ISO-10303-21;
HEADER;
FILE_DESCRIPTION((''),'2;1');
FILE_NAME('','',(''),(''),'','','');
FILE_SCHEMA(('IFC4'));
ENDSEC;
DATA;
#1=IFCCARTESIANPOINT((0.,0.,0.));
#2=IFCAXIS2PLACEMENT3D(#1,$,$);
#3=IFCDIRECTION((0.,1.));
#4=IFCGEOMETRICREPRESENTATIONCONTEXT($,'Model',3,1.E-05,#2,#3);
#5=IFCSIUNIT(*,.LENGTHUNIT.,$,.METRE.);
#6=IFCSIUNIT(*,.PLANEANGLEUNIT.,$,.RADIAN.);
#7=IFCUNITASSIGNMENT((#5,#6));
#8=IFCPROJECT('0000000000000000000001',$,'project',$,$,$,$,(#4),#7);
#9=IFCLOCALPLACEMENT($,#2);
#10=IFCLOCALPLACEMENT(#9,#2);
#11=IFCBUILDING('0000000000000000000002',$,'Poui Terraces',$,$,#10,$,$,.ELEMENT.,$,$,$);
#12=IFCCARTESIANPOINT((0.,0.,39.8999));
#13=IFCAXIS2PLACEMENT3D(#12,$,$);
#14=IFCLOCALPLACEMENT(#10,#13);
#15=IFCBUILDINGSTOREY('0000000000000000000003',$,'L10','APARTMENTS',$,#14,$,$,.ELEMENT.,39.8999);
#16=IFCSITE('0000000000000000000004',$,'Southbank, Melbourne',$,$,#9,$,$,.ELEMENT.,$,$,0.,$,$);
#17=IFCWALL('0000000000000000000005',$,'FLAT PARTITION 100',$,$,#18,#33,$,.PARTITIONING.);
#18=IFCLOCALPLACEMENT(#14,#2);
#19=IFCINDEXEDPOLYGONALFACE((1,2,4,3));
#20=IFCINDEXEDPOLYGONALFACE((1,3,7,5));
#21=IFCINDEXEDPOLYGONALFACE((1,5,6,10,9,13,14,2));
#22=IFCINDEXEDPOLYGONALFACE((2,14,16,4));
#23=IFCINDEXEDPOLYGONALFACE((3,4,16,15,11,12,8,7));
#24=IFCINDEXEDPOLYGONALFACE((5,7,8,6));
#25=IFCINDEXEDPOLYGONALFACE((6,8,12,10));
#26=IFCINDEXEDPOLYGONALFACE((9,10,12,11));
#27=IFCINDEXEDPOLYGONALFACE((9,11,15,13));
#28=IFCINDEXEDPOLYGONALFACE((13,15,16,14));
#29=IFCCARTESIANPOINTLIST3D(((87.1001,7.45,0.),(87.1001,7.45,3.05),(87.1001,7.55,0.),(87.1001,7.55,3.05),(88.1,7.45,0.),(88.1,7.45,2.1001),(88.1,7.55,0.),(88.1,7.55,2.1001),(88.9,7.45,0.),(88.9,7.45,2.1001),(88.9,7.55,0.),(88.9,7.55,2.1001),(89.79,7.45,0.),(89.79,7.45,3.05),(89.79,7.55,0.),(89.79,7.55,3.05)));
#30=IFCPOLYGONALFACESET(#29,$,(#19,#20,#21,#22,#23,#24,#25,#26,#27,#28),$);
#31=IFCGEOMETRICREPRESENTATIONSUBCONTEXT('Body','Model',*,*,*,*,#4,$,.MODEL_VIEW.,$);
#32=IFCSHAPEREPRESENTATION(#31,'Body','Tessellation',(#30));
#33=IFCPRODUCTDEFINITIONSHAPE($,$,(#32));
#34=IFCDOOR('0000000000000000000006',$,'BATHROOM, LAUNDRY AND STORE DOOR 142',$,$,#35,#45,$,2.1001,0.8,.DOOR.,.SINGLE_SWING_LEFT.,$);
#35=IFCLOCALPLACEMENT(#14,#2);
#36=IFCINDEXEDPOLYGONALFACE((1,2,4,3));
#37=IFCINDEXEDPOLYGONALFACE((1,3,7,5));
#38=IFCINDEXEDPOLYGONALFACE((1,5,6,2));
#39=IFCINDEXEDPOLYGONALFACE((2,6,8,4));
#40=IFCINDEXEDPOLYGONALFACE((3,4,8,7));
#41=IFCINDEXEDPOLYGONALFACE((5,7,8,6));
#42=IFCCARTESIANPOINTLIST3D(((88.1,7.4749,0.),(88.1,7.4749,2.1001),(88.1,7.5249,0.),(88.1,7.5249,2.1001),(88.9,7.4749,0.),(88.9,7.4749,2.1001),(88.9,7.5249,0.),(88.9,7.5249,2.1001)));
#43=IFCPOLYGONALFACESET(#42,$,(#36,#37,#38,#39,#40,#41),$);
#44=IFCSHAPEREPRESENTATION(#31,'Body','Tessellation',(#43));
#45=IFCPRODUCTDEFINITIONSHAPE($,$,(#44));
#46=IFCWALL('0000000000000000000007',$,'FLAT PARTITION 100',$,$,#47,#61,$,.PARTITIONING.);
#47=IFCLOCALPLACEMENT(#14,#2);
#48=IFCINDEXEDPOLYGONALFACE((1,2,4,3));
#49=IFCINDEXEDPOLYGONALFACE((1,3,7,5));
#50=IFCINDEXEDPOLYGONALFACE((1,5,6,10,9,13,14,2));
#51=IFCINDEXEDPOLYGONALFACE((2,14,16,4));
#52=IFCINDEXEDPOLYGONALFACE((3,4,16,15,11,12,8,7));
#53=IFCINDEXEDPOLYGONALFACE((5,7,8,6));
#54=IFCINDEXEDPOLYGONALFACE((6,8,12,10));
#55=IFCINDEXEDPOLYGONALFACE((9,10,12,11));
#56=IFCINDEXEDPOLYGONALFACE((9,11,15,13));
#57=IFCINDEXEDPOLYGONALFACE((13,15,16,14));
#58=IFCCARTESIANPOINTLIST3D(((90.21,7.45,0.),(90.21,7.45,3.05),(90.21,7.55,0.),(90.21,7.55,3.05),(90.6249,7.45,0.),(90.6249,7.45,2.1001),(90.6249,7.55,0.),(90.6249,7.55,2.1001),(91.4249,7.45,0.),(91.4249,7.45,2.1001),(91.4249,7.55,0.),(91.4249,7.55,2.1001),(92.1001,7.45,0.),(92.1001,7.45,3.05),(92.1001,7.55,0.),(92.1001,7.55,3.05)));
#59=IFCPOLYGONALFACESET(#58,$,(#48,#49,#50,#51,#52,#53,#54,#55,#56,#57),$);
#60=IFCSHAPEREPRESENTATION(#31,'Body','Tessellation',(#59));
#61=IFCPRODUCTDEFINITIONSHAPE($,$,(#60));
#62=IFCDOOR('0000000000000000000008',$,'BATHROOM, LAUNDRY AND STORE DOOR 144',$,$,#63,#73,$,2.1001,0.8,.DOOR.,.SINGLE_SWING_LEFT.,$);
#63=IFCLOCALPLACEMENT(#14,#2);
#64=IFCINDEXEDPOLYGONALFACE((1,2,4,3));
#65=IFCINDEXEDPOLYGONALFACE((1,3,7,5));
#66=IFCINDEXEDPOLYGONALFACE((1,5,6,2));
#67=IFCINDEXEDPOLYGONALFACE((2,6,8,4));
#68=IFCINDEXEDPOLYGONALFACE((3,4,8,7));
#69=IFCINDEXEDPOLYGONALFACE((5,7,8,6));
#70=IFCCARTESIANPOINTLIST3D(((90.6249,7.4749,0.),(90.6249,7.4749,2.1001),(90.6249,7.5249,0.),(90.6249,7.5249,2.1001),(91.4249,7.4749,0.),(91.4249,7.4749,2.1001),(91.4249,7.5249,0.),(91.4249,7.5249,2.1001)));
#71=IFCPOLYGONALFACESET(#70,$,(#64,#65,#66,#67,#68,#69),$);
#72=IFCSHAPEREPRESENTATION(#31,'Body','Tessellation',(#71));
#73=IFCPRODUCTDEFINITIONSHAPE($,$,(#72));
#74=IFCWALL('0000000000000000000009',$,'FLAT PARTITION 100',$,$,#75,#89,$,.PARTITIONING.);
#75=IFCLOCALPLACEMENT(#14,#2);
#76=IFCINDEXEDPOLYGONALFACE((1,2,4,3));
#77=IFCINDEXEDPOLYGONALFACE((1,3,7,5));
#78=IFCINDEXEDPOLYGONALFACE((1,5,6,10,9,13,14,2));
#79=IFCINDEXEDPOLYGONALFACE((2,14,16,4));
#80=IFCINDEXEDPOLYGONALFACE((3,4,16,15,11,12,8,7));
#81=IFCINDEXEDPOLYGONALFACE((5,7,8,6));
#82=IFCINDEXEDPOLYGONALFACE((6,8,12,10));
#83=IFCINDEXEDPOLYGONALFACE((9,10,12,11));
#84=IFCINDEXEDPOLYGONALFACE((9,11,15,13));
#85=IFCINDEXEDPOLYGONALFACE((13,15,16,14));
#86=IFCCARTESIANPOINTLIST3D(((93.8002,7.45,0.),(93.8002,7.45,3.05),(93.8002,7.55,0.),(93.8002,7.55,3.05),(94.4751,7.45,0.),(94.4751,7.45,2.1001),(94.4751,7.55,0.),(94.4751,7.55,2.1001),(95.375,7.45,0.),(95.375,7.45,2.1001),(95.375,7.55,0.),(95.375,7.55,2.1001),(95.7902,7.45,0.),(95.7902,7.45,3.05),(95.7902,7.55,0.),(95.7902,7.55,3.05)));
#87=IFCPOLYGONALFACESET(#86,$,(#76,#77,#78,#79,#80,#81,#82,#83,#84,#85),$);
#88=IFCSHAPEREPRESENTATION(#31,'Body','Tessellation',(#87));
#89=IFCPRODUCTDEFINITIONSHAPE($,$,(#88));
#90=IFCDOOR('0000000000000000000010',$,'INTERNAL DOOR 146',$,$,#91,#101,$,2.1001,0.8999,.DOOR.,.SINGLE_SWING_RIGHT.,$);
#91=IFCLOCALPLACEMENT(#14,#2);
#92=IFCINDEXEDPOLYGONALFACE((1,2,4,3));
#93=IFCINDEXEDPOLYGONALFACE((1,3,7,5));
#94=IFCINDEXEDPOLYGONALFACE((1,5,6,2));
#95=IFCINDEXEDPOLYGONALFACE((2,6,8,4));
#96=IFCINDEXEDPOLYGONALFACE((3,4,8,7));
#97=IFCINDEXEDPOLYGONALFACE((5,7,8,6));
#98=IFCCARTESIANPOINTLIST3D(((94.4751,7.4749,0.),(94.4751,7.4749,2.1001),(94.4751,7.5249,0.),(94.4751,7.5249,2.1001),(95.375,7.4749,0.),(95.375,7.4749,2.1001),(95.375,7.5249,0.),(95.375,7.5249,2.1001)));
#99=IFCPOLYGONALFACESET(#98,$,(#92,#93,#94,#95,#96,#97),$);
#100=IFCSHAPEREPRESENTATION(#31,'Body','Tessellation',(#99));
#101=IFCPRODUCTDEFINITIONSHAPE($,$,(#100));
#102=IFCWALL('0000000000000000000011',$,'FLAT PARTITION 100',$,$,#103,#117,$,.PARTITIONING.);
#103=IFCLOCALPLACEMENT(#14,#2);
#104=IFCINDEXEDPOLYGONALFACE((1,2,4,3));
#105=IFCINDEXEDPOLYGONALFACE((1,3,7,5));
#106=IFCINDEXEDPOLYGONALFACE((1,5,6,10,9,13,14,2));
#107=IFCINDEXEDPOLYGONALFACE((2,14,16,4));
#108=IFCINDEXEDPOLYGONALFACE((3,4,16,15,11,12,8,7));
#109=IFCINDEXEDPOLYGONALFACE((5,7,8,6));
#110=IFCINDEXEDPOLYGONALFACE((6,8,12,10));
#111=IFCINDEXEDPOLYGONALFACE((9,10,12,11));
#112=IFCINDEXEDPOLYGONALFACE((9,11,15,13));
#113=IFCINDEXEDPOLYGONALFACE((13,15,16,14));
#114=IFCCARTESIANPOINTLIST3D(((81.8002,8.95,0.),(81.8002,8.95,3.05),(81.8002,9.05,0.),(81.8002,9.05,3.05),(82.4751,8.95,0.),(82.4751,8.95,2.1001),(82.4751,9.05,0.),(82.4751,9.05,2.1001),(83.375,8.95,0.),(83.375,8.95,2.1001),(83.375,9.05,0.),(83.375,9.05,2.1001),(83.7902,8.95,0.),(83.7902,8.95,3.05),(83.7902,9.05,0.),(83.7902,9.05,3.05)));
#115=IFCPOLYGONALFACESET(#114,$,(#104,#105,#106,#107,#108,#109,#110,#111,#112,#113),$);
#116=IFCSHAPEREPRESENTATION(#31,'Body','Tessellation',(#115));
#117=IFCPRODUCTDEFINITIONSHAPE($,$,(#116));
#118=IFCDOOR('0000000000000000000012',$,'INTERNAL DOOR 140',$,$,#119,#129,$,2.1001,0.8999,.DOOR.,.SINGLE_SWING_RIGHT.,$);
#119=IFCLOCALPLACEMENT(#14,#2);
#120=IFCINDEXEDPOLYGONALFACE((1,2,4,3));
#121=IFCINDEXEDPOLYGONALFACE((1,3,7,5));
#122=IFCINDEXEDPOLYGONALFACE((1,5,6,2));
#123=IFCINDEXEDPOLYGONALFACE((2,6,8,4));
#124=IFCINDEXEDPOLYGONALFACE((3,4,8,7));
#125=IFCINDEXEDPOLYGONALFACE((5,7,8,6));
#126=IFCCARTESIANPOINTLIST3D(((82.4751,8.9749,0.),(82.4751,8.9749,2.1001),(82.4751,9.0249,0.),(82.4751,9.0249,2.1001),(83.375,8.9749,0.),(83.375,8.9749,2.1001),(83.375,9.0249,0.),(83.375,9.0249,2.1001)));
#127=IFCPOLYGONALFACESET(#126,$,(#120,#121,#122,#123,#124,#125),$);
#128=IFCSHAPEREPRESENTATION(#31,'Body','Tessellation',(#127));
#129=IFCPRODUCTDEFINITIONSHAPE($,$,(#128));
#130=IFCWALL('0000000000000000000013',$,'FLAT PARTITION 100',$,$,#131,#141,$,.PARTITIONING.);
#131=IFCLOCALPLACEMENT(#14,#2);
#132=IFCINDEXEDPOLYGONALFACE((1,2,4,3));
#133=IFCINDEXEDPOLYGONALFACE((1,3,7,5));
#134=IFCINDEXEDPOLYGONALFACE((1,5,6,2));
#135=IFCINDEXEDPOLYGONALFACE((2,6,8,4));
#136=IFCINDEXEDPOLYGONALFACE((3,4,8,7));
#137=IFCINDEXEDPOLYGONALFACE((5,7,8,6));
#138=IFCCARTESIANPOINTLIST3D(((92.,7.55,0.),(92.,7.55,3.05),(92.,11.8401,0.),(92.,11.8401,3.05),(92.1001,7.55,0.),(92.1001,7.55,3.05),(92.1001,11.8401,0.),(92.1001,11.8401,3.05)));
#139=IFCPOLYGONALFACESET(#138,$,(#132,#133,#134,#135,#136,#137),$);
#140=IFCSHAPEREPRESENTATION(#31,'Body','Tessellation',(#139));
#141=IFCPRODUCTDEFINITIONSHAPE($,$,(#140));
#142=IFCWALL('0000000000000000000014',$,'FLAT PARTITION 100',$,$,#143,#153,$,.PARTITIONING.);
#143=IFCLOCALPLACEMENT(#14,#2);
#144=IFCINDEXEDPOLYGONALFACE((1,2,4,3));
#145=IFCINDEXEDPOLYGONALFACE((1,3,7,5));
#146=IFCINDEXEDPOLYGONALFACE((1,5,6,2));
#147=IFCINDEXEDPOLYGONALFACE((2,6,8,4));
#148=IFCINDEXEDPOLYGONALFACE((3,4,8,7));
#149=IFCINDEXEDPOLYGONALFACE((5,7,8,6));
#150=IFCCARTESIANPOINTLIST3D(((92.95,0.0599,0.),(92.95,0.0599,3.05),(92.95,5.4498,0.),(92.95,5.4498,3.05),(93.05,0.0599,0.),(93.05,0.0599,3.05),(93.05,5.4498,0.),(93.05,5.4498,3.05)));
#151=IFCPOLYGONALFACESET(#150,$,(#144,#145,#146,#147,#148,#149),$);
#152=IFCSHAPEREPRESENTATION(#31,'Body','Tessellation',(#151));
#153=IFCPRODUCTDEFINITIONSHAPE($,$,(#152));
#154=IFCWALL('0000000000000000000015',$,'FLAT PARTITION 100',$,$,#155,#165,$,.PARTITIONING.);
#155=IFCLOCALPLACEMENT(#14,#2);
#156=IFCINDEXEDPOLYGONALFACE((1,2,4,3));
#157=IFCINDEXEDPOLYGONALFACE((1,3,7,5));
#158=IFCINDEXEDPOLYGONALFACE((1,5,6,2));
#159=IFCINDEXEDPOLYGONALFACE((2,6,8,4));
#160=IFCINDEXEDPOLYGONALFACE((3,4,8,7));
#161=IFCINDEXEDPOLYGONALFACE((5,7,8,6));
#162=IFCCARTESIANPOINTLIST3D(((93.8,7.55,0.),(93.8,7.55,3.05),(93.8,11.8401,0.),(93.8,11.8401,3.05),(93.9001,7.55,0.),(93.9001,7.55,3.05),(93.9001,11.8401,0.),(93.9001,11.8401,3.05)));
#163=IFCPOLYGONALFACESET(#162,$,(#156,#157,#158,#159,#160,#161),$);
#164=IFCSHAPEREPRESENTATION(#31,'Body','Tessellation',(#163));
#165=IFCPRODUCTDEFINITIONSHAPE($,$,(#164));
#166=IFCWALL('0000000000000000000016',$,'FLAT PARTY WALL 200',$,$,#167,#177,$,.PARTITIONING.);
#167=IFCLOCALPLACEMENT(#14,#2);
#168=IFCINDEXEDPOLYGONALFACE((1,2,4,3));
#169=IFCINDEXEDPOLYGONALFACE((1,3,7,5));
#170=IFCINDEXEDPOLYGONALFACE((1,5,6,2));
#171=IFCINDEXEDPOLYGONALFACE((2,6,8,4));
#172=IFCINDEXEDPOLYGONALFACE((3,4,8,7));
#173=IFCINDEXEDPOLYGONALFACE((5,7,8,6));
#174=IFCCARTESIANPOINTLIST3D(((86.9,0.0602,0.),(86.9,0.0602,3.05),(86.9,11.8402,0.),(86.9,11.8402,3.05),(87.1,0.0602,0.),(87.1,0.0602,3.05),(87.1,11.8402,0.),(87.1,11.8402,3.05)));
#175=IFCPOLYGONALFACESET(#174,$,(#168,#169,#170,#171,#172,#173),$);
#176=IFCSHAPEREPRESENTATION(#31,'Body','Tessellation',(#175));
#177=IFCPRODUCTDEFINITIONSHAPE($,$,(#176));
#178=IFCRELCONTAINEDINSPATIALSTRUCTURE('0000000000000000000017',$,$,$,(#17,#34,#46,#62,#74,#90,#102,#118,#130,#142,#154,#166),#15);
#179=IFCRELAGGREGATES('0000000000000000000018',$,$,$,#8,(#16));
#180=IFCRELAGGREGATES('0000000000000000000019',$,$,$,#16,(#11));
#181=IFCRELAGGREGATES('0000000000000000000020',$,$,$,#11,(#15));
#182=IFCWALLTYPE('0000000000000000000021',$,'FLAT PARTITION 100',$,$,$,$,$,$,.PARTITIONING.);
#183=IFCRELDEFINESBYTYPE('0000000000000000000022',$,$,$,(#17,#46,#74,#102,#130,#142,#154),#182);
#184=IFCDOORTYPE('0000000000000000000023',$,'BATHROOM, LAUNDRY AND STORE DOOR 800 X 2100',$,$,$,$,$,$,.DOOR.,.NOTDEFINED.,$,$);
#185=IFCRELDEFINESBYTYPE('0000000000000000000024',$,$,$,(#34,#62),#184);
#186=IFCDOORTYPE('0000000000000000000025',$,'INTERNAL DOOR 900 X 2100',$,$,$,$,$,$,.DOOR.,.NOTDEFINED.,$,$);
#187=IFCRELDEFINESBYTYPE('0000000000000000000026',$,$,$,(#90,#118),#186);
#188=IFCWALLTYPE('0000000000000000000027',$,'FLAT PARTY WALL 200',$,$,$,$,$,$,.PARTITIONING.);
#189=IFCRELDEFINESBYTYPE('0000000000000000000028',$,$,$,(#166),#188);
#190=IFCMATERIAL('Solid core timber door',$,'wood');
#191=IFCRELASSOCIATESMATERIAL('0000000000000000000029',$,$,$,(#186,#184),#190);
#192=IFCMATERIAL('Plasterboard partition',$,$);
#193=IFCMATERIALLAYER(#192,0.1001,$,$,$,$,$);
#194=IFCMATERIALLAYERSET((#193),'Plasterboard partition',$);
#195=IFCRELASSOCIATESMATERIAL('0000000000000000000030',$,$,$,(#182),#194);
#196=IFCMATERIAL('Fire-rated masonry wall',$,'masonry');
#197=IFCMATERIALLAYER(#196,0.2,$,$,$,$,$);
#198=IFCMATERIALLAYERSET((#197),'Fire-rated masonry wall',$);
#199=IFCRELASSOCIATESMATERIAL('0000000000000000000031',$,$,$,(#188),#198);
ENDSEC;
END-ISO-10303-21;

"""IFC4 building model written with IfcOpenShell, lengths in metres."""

from ifc_helpers import new_model, si_unit, direction, frame, frame_2d, origin, place, context, subcontext, project, spatial, rectangle, extrude, material, layer, layer_set, type_object, element, fill, save


model = new_model("IFC4")

# Units and contexts
model_context = context("Model", 3, precision=1e-05, world=origin(), true_north=direction((0.0, 1.0)))
body_context = subcontext(model_context, "Body", "Model", "MODEL_VIEW")
ifc_project = project(units=[si_unit("LENGTHUNIT", "METRE"), si_unit("PLANEANGLEUNIT", "RADIAN")], contexts=[model_context])

# Site, building, storey
site_placement = place(None, origin())
site = spatial("IfcSite", under=ifc_project, at=site_placement, Name="Southbank, Melbourne", CompositionType="ELEMENT", RefElevation=0.0)
building_placement = place(site_placement, origin())
building = spatial("IfcBuilding", under=site, at=building_placement, Name="Poui Terraces", CompositionType="ELEMENT")
storey_placement = place(building_placement, frame((0.0, 0.0, 39.8999)))
storey = spatial("IfcBuildingStorey", under=building, at=storey_placement, Name="L10", Description="APARTMENTS", CompositionType="ELEMENT", Elevation=39.8999)

# Shared definitions
ifc_material_1 = material(Name="Solid core timber door", Category="wood")
door_type_1 = type_object("IfcDoorType", Name="INTERNAL DOOR 900 X 2100", OperationType="NOTDEFINED", PredefinedType="DOOR", material=ifc_material_1)

# Walls, openings, doors
ifc_material_2 = material(Name="Plasterboard partition")
ifc_layer_1 = layer(ifc_material_2, 0.1001)
ifc_layer_set_1 = layer_set([ifc_layer_1], Name="Plasterboard partition")
wall_type_1 = type_object("IfcWallType", Name="FLAT PARTITION 100", PredefinedType="PARTITIONING", material=ifc_layer_set_1)
wall_1_placement = place(storey_placement, frame((87.1001, 7.5, 0.0), z_axis=(0.0, 0.0, 1.0), x_axis=(1.0, 0.0, 0.0)))
wall_1 = element("IfcWall", 1, at=wall_1_placement, inside=storey, type_object=wall_type_1, Name="FLAT PARTITION 100", PredefinedType="PARTITIONING", context=body_context, shape_type="SweptSolid", body=[
    extrude(rectangle(XDim=2.6899, YDim=0.1001, at=frame_2d((1.345, 0.0))), origin(), (0.0, 0.0, 1.0), 3.05),
])
opening_1_placement = place(wall_1_placement, frame((1.0, 0.0, 0.0)))
opening_1 = element("IfcOpeningElement", 2, at=opening_1_placement, cuts=wall_1, PredefinedType="OPENING", context=body_context, shape_type="SweptSolid", body=[
    extrude(rectangle(XDim=0.8, YDim=2.1001, at=frame_2d((0.3999, 1.05))), frame((0.0, 0.0601, 0.0), z_axis=(0.0, -1.0, 0.0), x_axis=(1.0, 0.0, 0.0)), (0.0, 0.0, 1.0), 0.1201),
])
door_type_2 = type_object("IfcDoorType", Name="BATHROOM, LAUNDRY AND STORE DOOR 800 X 2100", OperationType="NOTDEFINED", PredefinedType="DOOR", material=ifc_material_1)
door_1_placement = place(opening_1_placement, origin())
door_1 = element("IfcDoor", 3, at=door_1_placement, inside=storey, type_object=door_type_2, Name="BATHROOM, LAUNDRY AND STORE DOOR 142", OperationType="SINGLE_SWING_LEFT", OverallHeight=2.1001, OverallWidth=0.8, PredefinedType="DOOR", context=body_context, shape_type="SweptSolid", body=[
    extrude(rectangle(XDim=0.8, YDim=2.1001, at=frame_2d((0.3999, 1.05))), frame((0.0, 0.0249, 0.0), z_axis=(0.0, -1.0, 0.0), x_axis=(1.0, 0.0, 0.0)), (0.0, 0.0, 1.0), 0.05),
])
fill(opening_1, door_1)
wall_2_placement = place(storey_placement, frame((90.21, 7.5, 0.0), z_axis=(0.0, 0.0, 1.0), x_axis=(1.0, 0.0, 0.0)))
wall_2 = element("IfcWall", 4, at=wall_2_placement, inside=storey, type_object=wall_type_1, Name="FLAT PARTITION 100", PredefinedType="PARTITIONING", context=body_context, shape_type="SweptSolid", body=[
    extrude(rectangle(XDim=1.8901, YDim=0.1001, at=frame_2d((0.9451, 0.0))), origin(), (0.0, 0.0, 1.0), 3.05),
])
opening_2_placement = place(wall_2_placement, frame((0.415, 0.0, 0.0)))
opening_2 = element("IfcOpeningElement", 5, at=opening_2_placement, cuts=wall_2, PredefinedType="OPENING", context=body_context, shape_type="SweptSolid", body=[
    extrude(rectangle(XDim=0.8, YDim=2.1001, at=frame_2d((0.3999, 1.05))), frame((0.0, 0.0601, 0.0), z_axis=(0.0, -1.0, 0.0), x_axis=(1.0, 0.0, 0.0)), (0.0, 0.0, 1.0), 0.1201),
])
door_2_placement = place(opening_2_placement, origin())
door_2 = element("IfcDoor", 6, at=door_2_placement, inside=storey, type_object=door_type_2, Name="BATHROOM, LAUNDRY AND STORE DOOR 144", OperationType="SINGLE_SWING_LEFT", OverallHeight=2.1001, OverallWidth=0.8, PredefinedType="DOOR", context=body_context, shape_type="SweptSolid", body=[
    extrude(rectangle(XDim=0.8, YDim=2.1001, at=frame_2d((0.3999, 1.05))), frame((0.0, 0.0249, 0.0), z_axis=(0.0, -1.0, 0.0), x_axis=(1.0, 0.0, 0.0)), (0.0, 0.0, 1.0), 0.05),
])
fill(opening_2, door_2)
wall_3_placement = place(storey_placement, frame((93.8, 7.5, 0.0), z_axis=(0.0, 0.0, 1.0), x_axis=(1.0, 0.0, 0.0)))
wall_3 = element("IfcWall", 7, at=wall_3_placement, inside=storey, type_object=wall_type_1, Name="FLAT PARTITION 100", PredefinedType="PARTITIONING", context=body_context, shape_type="SweptSolid", body=[
    extrude(rectangle(XDim=1.99, YDim=0.1001, at=frame_2d((0.9951, 0.0))), origin(), (0.0, 0.0, 1.0), 3.05),
])
opening_3_placement = place(wall_3_placement, frame((0.675, 0.0, 0.0)))
opening_3 = element("IfcOpeningElement", 8, at=opening_3_placement, cuts=wall_3, PredefinedType="OPENING", context=body_context, shape_type="SweptSolid", body=[
    extrude(rectangle(XDim=0.8999, YDim=2.1001, at=frame_2d((0.45, 1.05))), frame((0.0, 0.0601, 0.0), z_axis=(0.0, -1.0, 0.0), x_axis=(1.0, 0.0, 0.0)), (0.0, 0.0, 1.0), 0.1201),
])
door_3_placement = place(opening_3_placement, origin())
door_3 = element("IfcDoor", 9, at=door_3_placement, inside=storey, type_object=door_type_1, Name="INTERNAL DOOR 146", OperationType="SINGLE_SWING_RIGHT", OverallHeight=2.1001, OverallWidth=0.8999, PredefinedType="DOOR", context=body_context, shape_type="SweptSolid", body=[
    extrude(rectangle(XDim=0.8999, YDim=2.1001, at=frame_2d((0.45, 1.05))), frame((0.0, 0.0249, 0.0), z_axis=(0.0, -1.0, 0.0), x_axis=(1.0, 0.0, 0.0)), (0.0, 0.0, 1.0), 0.05),
])
fill(opening_3, door_3)
wall_4_placement = place(storey_placement, frame((81.8, 9.0, 0.0), z_axis=(0.0, 0.0, 1.0), x_axis=(1.0, 0.0, 0.0)))
wall_4 = element("IfcWall", 10, at=wall_4_placement, inside=storey, type_object=wall_type_1, Name="FLAT PARTITION 100", PredefinedType="PARTITIONING", context=body_context, shape_type="SweptSolid", body=[
    extrude(rectangle(XDim=1.99, YDim=0.1001, at=frame_2d((0.9951, 0.0))), origin(), (0.0, 0.0, 1.0), 3.05),
])
opening_4_placement = place(wall_4_placement, frame((0.675, 0.0, 0.0)))
opening_4 = element("IfcOpeningElement", 11, at=opening_4_placement, cuts=wall_4, PredefinedType="OPENING", context=body_context, shape_type="SweptSolid", body=[
    extrude(rectangle(XDim=0.8999, YDim=2.1001, at=frame_2d((0.45, 1.05))), frame((0.0, 0.0601, 0.0), z_axis=(0.0, -1.0, 0.0), x_axis=(1.0, 0.0, 0.0)), (0.0, 0.0, 1.0), 0.1201),
])
door_4_placement = place(opening_4_placement, origin())
door_4 = element("IfcDoor", 12, at=door_4_placement, inside=storey, type_object=door_type_1, Name="INTERNAL DOOR 140", OperationType="SINGLE_SWING_RIGHT", OverallHeight=2.1001, OverallWidth=0.8999, PredefinedType="DOOR", context=body_context, shape_type="SweptSolid", body=[
    extrude(rectangle(XDim=0.8999, YDim=2.1001, at=frame_2d((0.45, 1.05))), frame((0.0, 0.0249, 0.0), z_axis=(0.0, -1.0, 0.0), x_axis=(1.0, 0.0, 0.0)), (0.0, 0.0, 1.0), 0.05),
])
fill(opening_4, door_4)

# Walls
wall_5_placement = place(storey_placement, frame((92.05, 7.55, 0.0), z_axis=(0.0, 0.0, 1.0), x_axis=(0.0, 1.0, 0.0)))
element("IfcWall", 13, at=wall_5_placement, inside=storey, type_object=wall_type_1, Name="FLAT PARTITION 100", PredefinedType="PARTITIONING", context=body_context, shape_type="SweptSolid", body=[
    extrude(rectangle(XDim=4.29, YDim=0.1001, at=frame_2d((2.145, 0.0))), origin(), (0.0, 0.0, 1.0), 3.05),
])
wall_6_placement = place(storey_placement, frame((93.0, 0.0601, 0.0), z_axis=(0.0, 0.0, 1.0), x_axis=(0.0, 1.0, 0.0)))
element("IfcWall", 14, at=wall_6_placement, inside=storey, type_object=wall_type_1, Name="FLAT PARTITION 100", PredefinedType="PARTITIONING", context=body_context, shape_type="SweptSolid", body=[
    extrude(rectangle(XDim=5.3899, YDim=0.1001, at=frame_2d((2.6948, 0.0))), origin(), (0.0, 0.0, 1.0), 3.05),
])
wall_7_placement = place(storey_placement, frame((93.8501, 7.55, 0.0), z_axis=(0.0, 0.0, 1.0), x_axis=(0.0, 1.0, 0.0)))
element("IfcWall", 15, at=wall_7_placement, inside=storey, type_object=wall_type_1, Name="FLAT PARTITION 100", PredefinedType="PARTITIONING", context=body_context, shape_type="SweptSolid", body=[
    extrude(rectangle(XDim=4.29, YDim=0.1001, at=frame_2d((2.145, 0.0))), origin(), (0.0, 0.0, 1.0), 3.05),
])
ifc_material_3 = material(Name="Fire-rated masonry wall", Category="masonry")
ifc_layer_2 = layer(ifc_material_3, 0.2)
ifc_layer_set_2 = layer_set([ifc_layer_2], Name="Fire-rated masonry wall")
wall_type_2 = type_object("IfcWallType", Name="FLAT PARTY WALL 200", PredefinedType="PARTITIONING", material=ifc_layer_set_2)
wall_8_placement = place(storey_placement, frame((87.0, 0.0601, 0.0), z_axis=(0.0, 0.0, 1.0), x_axis=(0.0, 1.0, 0.0)))
element("IfcWall", 16, at=wall_8_placement, inside=storey, type_object=wall_type_2, Name="FLAT PARTY WALL 200", PredefinedType="PARTITIONING", context=body_context, shape_type="SweptSolid", body=[
    extrude(rectangle(XDim=11.78, YDim=0.2, at=frame_2d((5.8901, 0.0))), origin(), (0.0, 0.0, 1.0), 3.05),
])

save(model, "model.ifc")
